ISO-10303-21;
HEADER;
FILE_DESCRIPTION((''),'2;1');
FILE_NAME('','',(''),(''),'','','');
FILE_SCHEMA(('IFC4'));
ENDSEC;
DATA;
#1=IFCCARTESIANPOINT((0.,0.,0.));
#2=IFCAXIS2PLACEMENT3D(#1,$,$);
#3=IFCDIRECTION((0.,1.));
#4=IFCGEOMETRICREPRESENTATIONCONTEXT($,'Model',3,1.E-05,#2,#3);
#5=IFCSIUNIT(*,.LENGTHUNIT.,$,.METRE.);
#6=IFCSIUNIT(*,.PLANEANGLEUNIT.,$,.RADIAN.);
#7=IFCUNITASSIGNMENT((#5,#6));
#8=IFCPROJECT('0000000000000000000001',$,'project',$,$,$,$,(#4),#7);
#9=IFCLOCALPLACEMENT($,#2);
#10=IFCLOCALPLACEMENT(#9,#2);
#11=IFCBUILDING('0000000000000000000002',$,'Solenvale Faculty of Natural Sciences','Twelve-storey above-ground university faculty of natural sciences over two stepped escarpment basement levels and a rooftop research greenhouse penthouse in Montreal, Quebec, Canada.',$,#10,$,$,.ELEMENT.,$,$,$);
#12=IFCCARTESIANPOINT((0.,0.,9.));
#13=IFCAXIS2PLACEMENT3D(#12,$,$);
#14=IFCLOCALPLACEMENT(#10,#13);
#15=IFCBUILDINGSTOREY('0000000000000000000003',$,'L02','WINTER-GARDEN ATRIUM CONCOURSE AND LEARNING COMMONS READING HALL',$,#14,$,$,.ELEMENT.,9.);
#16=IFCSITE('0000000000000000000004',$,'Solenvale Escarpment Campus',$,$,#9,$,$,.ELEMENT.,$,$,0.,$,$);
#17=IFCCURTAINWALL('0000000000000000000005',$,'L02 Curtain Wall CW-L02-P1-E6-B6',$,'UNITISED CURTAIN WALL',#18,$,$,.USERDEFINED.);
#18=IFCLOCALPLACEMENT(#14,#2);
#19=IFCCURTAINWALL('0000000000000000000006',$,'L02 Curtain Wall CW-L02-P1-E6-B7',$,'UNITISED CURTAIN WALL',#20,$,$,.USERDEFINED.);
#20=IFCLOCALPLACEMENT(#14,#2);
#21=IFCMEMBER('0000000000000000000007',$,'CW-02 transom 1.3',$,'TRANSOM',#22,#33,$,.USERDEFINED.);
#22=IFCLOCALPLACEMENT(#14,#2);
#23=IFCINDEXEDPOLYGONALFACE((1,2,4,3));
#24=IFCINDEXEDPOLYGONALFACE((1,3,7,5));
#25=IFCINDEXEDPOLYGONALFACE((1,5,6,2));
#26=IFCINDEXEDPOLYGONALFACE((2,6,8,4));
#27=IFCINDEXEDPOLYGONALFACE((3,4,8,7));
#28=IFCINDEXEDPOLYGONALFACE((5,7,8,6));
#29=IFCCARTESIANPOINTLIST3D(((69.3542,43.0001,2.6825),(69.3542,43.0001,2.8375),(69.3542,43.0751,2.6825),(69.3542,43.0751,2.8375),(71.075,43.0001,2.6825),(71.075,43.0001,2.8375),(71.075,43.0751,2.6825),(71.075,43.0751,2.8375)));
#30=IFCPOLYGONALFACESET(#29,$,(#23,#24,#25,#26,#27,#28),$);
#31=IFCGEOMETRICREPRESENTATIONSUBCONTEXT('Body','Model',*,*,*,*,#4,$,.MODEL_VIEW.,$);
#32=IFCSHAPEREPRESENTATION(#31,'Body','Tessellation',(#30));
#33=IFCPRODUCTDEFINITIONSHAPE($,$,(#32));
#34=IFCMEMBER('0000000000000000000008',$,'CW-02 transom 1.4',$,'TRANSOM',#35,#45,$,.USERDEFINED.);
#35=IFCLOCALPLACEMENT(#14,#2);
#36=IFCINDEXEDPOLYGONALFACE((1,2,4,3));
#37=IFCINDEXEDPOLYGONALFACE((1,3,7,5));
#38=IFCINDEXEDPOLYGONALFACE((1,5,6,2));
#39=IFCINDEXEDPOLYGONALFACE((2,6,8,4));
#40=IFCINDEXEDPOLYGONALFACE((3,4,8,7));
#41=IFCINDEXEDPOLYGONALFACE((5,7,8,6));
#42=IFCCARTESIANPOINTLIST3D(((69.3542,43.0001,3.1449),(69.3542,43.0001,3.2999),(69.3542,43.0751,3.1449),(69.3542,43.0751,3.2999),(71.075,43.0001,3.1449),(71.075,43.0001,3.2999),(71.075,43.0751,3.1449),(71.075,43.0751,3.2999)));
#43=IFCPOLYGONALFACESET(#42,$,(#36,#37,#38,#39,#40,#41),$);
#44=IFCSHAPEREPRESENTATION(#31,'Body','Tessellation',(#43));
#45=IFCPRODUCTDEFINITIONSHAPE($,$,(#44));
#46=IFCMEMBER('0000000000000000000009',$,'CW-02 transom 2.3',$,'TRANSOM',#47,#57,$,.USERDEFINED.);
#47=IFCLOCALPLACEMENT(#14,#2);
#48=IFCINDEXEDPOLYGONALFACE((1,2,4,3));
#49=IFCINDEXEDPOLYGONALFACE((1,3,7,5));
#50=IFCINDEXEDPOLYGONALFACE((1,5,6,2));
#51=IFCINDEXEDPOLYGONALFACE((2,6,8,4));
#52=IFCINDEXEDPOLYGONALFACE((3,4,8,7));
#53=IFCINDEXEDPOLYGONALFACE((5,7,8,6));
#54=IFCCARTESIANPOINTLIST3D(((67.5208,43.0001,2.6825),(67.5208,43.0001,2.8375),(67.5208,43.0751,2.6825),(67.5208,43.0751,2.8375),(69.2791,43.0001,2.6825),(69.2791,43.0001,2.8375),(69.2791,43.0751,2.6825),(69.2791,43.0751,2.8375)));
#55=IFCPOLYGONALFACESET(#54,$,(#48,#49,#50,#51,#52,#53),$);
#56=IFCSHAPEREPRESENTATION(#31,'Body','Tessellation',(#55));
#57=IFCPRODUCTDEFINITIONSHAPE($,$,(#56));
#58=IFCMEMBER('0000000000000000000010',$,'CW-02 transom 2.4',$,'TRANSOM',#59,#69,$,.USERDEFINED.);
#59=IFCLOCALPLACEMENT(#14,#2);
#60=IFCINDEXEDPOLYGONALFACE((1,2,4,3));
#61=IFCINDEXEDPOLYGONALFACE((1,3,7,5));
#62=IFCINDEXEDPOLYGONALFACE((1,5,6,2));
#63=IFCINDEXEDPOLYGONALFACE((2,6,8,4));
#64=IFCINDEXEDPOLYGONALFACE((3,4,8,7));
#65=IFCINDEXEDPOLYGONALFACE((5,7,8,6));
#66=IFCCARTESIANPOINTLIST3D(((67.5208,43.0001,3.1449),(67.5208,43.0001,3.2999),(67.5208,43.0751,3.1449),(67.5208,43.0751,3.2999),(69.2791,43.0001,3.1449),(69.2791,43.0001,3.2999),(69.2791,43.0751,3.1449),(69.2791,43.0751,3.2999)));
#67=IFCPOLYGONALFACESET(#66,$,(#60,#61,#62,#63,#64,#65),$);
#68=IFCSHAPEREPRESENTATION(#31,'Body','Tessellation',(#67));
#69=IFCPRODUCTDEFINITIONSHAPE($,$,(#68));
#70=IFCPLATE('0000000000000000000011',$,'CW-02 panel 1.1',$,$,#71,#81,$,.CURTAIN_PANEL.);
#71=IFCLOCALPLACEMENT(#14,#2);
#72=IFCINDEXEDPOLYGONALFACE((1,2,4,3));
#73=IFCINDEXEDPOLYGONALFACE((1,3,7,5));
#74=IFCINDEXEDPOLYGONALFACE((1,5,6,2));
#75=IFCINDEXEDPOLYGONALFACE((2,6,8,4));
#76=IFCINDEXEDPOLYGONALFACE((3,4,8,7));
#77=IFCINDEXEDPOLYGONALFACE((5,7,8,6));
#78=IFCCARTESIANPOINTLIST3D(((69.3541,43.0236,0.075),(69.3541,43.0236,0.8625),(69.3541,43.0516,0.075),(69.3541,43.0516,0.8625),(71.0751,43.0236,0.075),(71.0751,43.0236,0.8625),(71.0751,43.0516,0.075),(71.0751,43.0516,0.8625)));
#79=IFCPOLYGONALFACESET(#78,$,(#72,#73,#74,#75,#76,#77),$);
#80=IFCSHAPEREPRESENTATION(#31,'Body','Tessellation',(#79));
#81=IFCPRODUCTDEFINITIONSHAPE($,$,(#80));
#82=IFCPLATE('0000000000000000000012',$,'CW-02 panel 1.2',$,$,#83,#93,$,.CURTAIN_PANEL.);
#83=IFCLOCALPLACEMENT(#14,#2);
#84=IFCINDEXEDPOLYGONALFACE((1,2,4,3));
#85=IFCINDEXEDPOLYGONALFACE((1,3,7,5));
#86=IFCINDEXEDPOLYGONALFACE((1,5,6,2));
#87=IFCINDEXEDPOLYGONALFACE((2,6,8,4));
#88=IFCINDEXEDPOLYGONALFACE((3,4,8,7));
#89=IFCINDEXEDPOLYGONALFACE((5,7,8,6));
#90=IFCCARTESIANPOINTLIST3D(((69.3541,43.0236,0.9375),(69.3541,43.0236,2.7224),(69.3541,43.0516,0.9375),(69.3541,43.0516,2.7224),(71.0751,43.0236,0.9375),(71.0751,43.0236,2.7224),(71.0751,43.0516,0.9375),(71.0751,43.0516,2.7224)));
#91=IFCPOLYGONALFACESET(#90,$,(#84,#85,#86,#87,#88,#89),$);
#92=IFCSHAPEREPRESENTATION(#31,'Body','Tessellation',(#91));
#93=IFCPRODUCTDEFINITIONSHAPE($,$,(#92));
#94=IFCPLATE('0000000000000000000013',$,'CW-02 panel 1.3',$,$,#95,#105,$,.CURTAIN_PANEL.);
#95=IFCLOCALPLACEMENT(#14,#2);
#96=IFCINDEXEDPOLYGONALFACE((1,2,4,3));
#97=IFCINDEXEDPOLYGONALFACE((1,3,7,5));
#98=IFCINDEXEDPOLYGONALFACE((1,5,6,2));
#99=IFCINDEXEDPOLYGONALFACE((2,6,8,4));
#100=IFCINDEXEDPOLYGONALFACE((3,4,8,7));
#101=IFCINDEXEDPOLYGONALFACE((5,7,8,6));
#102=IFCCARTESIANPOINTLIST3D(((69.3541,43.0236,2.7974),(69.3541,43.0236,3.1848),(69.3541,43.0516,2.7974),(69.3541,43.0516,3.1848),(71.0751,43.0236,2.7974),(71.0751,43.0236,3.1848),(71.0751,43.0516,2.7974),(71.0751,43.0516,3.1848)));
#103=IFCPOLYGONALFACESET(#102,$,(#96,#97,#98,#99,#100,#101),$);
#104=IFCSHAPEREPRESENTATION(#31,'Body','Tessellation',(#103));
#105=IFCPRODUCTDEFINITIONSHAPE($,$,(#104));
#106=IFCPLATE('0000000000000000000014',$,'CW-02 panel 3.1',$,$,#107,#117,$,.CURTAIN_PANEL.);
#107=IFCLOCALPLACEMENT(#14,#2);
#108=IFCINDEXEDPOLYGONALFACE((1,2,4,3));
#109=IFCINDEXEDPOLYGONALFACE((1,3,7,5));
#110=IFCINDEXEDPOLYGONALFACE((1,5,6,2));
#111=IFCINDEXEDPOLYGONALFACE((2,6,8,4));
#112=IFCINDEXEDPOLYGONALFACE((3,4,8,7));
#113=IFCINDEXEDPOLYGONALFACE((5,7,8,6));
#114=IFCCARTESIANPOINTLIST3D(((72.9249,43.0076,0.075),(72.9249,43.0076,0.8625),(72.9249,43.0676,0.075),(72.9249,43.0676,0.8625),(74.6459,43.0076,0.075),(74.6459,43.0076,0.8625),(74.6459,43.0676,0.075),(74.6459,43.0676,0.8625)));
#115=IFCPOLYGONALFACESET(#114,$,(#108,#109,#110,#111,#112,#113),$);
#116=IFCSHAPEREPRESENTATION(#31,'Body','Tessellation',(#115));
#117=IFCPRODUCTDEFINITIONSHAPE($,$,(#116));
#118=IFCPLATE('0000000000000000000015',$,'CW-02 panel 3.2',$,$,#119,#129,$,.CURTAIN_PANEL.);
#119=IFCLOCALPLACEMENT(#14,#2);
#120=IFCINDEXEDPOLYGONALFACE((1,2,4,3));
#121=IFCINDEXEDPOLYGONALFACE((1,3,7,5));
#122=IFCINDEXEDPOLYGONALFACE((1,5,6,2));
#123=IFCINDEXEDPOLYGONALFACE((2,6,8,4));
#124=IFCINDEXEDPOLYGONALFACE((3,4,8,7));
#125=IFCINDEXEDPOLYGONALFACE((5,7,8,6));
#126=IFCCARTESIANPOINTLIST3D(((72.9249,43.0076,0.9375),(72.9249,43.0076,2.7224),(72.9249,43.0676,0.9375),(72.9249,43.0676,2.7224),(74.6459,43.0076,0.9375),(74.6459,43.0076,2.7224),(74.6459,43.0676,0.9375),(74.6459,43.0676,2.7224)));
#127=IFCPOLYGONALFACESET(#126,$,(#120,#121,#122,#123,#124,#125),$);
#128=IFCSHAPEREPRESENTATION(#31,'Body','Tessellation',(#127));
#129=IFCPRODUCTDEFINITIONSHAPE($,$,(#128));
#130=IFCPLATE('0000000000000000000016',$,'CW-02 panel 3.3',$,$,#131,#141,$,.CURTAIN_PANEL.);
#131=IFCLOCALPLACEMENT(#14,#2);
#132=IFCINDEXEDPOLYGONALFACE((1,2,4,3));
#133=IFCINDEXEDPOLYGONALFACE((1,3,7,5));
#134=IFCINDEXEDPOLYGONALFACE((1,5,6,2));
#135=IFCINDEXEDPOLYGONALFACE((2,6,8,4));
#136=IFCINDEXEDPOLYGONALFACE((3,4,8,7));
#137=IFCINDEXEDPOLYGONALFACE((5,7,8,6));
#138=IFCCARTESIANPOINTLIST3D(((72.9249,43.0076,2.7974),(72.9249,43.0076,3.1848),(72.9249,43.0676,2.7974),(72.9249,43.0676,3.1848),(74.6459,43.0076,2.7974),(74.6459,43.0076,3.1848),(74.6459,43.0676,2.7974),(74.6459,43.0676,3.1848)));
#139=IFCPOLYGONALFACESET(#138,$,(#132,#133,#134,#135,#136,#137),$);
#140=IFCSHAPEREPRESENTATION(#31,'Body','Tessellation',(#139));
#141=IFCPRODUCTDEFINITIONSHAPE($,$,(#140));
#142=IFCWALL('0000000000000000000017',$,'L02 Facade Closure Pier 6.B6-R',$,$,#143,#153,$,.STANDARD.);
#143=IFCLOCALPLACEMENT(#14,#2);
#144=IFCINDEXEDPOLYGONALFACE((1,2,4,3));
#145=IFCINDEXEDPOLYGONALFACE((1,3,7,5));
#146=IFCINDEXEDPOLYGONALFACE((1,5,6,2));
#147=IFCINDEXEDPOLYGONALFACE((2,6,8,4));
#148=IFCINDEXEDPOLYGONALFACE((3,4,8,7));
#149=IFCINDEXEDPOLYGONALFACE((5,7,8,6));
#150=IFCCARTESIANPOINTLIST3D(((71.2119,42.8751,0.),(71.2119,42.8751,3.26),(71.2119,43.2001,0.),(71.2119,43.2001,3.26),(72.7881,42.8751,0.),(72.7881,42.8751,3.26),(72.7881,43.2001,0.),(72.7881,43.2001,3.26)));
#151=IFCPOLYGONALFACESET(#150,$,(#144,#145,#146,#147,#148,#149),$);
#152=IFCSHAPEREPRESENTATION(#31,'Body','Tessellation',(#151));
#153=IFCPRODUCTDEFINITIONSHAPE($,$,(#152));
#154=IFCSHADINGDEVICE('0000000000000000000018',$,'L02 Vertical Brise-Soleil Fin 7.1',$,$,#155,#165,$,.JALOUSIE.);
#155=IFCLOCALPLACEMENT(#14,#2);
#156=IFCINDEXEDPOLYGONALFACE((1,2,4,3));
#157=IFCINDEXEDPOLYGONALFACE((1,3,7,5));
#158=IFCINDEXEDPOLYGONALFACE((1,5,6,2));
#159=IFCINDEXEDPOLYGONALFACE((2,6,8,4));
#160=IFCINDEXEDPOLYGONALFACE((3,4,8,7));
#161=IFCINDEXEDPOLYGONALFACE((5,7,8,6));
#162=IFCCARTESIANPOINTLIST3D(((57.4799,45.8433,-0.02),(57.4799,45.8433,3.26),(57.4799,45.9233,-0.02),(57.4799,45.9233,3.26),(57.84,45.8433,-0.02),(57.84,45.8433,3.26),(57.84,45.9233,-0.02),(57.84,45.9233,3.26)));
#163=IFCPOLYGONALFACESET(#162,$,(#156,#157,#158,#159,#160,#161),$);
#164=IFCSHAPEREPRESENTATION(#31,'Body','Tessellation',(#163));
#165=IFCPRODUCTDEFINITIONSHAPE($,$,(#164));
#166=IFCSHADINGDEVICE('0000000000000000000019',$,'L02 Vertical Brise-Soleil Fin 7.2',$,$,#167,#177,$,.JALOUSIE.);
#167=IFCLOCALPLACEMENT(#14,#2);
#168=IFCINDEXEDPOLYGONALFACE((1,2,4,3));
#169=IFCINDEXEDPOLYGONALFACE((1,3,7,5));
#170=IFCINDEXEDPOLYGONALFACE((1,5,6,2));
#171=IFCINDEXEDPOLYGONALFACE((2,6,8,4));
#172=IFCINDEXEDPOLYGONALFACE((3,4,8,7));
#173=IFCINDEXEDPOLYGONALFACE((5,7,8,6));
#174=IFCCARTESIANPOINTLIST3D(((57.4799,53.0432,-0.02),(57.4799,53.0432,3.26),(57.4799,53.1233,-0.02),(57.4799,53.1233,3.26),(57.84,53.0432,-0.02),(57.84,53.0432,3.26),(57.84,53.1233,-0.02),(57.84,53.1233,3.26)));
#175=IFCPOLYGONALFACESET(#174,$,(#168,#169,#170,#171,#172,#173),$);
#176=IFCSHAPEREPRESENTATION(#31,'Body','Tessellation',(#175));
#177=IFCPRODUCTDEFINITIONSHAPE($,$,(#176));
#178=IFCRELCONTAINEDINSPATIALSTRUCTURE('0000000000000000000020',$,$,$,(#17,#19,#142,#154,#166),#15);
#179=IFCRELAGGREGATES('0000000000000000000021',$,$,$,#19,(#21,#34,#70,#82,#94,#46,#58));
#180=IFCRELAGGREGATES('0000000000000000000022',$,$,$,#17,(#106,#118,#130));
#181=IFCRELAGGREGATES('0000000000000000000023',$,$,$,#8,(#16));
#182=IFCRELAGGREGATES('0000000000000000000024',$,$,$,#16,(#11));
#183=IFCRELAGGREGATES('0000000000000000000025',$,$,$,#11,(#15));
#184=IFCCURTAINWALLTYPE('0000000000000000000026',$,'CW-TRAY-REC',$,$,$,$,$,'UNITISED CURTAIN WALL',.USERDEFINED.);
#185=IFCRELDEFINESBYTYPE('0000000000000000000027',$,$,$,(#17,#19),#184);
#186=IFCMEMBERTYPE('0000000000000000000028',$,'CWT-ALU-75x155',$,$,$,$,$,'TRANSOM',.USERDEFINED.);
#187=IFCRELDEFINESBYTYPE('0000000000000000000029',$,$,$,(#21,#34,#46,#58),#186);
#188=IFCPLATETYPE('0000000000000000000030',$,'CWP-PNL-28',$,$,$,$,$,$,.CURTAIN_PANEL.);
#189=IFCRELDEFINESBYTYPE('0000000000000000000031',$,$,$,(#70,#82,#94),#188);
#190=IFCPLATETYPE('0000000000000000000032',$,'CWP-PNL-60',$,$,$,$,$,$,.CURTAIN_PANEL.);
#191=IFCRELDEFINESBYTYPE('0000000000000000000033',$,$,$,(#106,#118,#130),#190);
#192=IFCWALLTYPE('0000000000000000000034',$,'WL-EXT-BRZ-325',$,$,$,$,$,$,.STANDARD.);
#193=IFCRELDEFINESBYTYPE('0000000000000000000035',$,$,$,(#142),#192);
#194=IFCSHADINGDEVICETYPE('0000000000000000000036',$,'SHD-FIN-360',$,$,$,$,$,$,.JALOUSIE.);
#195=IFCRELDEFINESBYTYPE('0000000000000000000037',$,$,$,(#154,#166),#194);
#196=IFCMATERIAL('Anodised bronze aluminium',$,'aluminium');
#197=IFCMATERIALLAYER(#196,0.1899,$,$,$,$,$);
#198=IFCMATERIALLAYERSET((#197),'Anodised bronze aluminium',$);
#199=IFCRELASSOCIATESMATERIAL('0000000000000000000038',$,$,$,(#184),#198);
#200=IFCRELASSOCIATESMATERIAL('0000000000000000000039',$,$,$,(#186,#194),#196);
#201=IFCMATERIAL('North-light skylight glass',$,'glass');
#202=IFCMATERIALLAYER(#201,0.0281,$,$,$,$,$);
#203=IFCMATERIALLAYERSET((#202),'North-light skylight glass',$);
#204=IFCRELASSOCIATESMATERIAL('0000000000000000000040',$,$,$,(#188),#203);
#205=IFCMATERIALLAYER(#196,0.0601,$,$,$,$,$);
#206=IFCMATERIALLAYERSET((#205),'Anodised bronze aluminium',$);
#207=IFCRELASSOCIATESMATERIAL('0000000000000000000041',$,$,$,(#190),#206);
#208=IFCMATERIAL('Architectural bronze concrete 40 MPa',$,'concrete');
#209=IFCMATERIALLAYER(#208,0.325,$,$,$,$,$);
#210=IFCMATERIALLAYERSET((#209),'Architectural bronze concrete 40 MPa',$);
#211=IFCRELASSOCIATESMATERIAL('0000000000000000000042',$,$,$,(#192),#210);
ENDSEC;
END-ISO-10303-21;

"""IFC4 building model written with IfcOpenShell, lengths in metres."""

from ifc_helpers import new_model, si_unit, direction, frame, frame_2d, origin, origin_2d, place, context, subcontext, project, spatial, rectangle, extrude, material, layer, layer_set, material_profile, profile_set, type_object, element, aggregate, save


model = new_model("IFC4")

# Units and contexts
model_context = context("Model", 3, precision=1e-05, world=origin(), true_north=direction((0.0, 1.0)))
body_context = subcontext(model_context, "Body", "Model", "MODEL_VIEW")
ifc_project = project(units=[si_unit("LENGTHUNIT", "METRE"), si_unit("PLANEANGLEUNIT", "RADIAN")], contexts=[model_context])

# Site, building, storey
site_placement = place(None, origin())
site = spatial("IfcSite", under=ifc_project, at=site_placement, Name="Solenvale Escarpment Campus", CompositionType="ELEMENT", RefElevation=0.0)
building_placement = place(site_placement, origin())
building = spatial("IfcBuilding", under=site, at=building_placement, Name="Solenvale Faculty of Natural Sciences", Description="Twelve-storey above-ground university faculty of natural sciences over two stepped escarpment basement levels and a rooftop research greenhouse penthouse in Montreal, Quebec, Canada.", CompositionType="ELEMENT")
storey_placement = place(building_placement, frame((0.0, 0.0, 9.0)))
storey = spatial("IfcBuildingStorey", under=building, at=storey_placement, Name="L02", Description="WINTER-GARDEN ATRIUM CONCOURSE AND LEARNING COMMONS READING HALL", CompositionType="ELEMENT", Elevation=9.0)

# Curtain wall
ifc_material_1 = material(Name="Anodised bronze aluminium", Category="aluminium")
ifc_layer_1 = layer(ifc_material_1, 0.1899)
ifc_layer_set_1 = layer_set([ifc_layer_1], Name="Anodised bronze aluminium")
curtain_wall_type = type_object("IfcCurtainWallType", Name="CW-TRAY-REC", ElementType="UNITISED CURTAIN WALL", PredefinedType="USERDEFINED", material=ifc_layer_set_1)
curtain_wall_1_placement = place(storey_placement, origin())
curtain_wall_1 = element("IfcCurtainWall", 1, at=curtain_wall_1_placement, inside=storey, type_object=curtain_wall_type, Name="L02 Curtain Wall CW-L02-P1-E6-B6", ObjectType="UNITISED CURTAIN WALL", PredefinedType="USERDEFINED")

# Curtain wall, members, plates
curtain_wall_2_placement = place(storey_placement, origin())
curtain_wall_2 = element("IfcCurtainWall", 2, at=curtain_wall_2_placement, inside=storey, type_object=curtain_wall_type, Name="L02 Curtain Wall CW-L02-P1-E6-B7", ObjectType="UNITISED CURTAIN WALL", PredefinedType="USERDEFINED")
ifc_material_profile_1 = material_profile(ifc_material_1, rectangle(XDim=0.075, YDim=0.155, at=origin_2d()), Name="ALU-TRN-75x155")
ifc_profile_set_1 = profile_set([ifc_material_profile_1], Name="Anodised bronze aluminium")
member_type_1 = type_object("IfcMemberType", Name="CWT-ALU-75x155", ElementType="TRANSOM", PredefinedType="USERDEFINED", material=ifc_profile_set_1)
member_1_placement = place(storey_placement, frame((71.075, 43.0376, 2.76), z_axis=(-1.0, 0.0, 0.0), x_axis=(0.0, -1.0, 0.0)))
member_1 = element("IfcMember", 3, at=member_1_placement, type_object=member_type_1, Name="CW-02 transom 1.3", ObjectType="TRANSOM", PredefinedType="USERDEFINED", context=body_context, shape_type="SweptSolid", body=[
    extrude(rectangle(XDim=0.075, YDim=0.155, at=origin_2d()), origin(), (0.0, 0.0, 1.0), 1.7207),
])
member_2_placement = place(storey_placement, frame((71.075, 43.0376, 3.2224), z_axis=(-1.0, 0.0, 0.0), x_axis=(0.0, -1.0, 0.0)))
member_2 = element("IfcMember", 4, at=member_2_placement, type_object=member_type_1, Name="CW-02 transom 1.4", ObjectType="TRANSOM", PredefinedType="USERDEFINED", context=body_context, shape_type="SweptSolid", body=[
    extrude(rectangle(XDim=0.075, YDim=0.155, at=origin_2d()), origin(), (0.0, 0.0, 1.0), 1.7207),
])
member_3_placement = place(storey_placement, frame((69.2791, 43.0376, 2.76), z_axis=(-1.0, 0.0, 0.0), x_axis=(0.0, -1.0, 0.0)))
member_3 = element("IfcMember", 5, at=member_3_placement, type_object=member_type_1, Name="CW-02 transom 2.3", ObjectType="TRANSOM", PredefinedType="USERDEFINED", context=body_context, shape_type="SweptSolid", body=[
    extrude(rectangle(XDim=0.075, YDim=0.155, at=origin_2d()), origin(), (0.0, 0.0, 1.0), 1.7583),
])
member_4_placement = place(storey_placement, frame((69.2791, 43.0376, 3.2224), z_axis=(-1.0, 0.0, 0.0), x_axis=(0.0, -1.0, 0.0)))
member_4 = element("IfcMember", 6, at=member_4_placement, type_object=member_type_1, Name="CW-02 transom 2.4", ObjectType="TRANSOM", PredefinedType="USERDEFINED", context=body_context, shape_type="SweptSolid", body=[
    extrude(rectangle(XDim=0.075, YDim=0.155, at=origin_2d()), origin(), (0.0, 0.0, 1.0), 1.7583),
])
ifc_material_2 = material(Name="North-light skylight glass", Category="glass")
ifc_layer_2 = layer(ifc_material_2, 0.0281)
ifc_layer_set_2 = layer_set([ifc_layer_2], Name="North-light skylight glass")
plate_type_1 = type_object("IfcPlateType", Name="CWP-PNL-28", PredefinedType="CURTAIN_PANEL", material=ifc_layer_set_2)
plate_1_placement = place(storey_placement, frame((70.2146, 43.0376, 0.075), z_axis=(0.0, 0.0, 1.0), x_axis=(-1.0, 0.0, 0.0)))
plate_1 = element("IfcPlate", 7, at=plate_1_placement, type_object=plate_type_1, Name="CW-02 panel 1.1", PredefinedType="CURTAIN_PANEL", context=body_context, shape_type="SweptSolid", body=[
    extrude(rectangle(XDim=1.7209, YDim=0.0281, at=origin_2d()), origin(), (0.0, 0.0, 1.0), 0.7876),
])
plate_2_placement = place(storey_placement, frame((70.2146, 43.0376, 0.9375), z_axis=(0.0, 0.0, 1.0), x_axis=(-1.0, 0.0, 0.0)))
plate_2 = element("IfcPlate", 8, at=plate_2_placement, type_object=plate_type_1, Name="CW-02 panel 1.2", PredefinedType="CURTAIN_PANEL", context=body_context, shape_type="SweptSolid", body=[
    extrude(rectangle(XDim=1.7209, YDim=0.0281, at=origin_2d()), origin(), (0.0, 0.0, 1.0), 1.7849),
])
plate_3_placement = place(storey_placement, frame((70.2146, 43.0376, 2.7974), z_axis=(0.0, 0.0, 1.0), x_axis=(-1.0, 0.0, 0.0)))
plate_3 = element("IfcPlate", 9, at=plate_3_placement, type_object=plate_type_1, Name="CW-02 panel 1.3", PredefinedType="CURTAIN_PANEL", context=body_context, shape_type="SweptSolid", body=[
    extrude(rectangle(XDim=1.7209, YDim=0.0281, at=origin_2d()), origin(), (0.0, 0.0, 1.0), 0.3875),
])
aggregate(curtain_wall_2, [member_1, member_2, plate_1, plate_2, plate_3, member_3, member_4])

# Plates
ifc_layer_3 = layer(ifc_material_1, 0.0601)
ifc_layer_set_3 = layer_set([ifc_layer_3], Name="Anodised bronze aluminium")
plate_type_2 = type_object("IfcPlateType", Name="CWP-PNL-60", PredefinedType="CURTAIN_PANEL", material=ifc_layer_set_3)
plate_4_placement = place(storey_placement, frame((73.7854, 43.0376, 0.075), z_axis=(0.0, 0.0, 1.0), x_axis=(-1.0, 0.0, 0.0)))
plate_4 = element("IfcPlate", 10, at=plate_4_placement, type_object=plate_type_2, Name="CW-02 panel 3.1", PredefinedType="CURTAIN_PANEL", context=body_context, shape_type="SweptSolid", body=[
    extrude(rectangle(XDim=1.7209, YDim=0.0601, at=origin_2d()), origin(), (0.0, 0.0, 1.0), 0.7876),
])
plate_5_placement = place(storey_placement, frame((73.7854, 43.0376, 0.9375), z_axis=(0.0, 0.0, 1.0), x_axis=(-1.0, 0.0, 0.0)))
plate_5 = element("IfcPlate", 11, at=plate_5_placement, type_object=plate_type_2, Name="CW-02 panel 3.2", PredefinedType="CURTAIN_PANEL", context=body_context, shape_type="SweptSolid", body=[
    extrude(rectangle(XDim=1.7209, YDim=0.0601, at=origin_2d()), origin(), (0.0, 0.0, 1.0), 1.7849),
])
plate_6_placement = place(storey_placement, frame((73.7854, 43.0376, 2.7974), z_axis=(0.0, 0.0, 1.0), x_axis=(-1.0, 0.0, 0.0)))
plate_6 = element("IfcPlate", 12, at=plate_6_placement, type_object=plate_type_2, Name="CW-02 panel 3.3", PredefinedType="CURTAIN_PANEL", context=body_context, shape_type="SweptSolid", body=[
    extrude(rectangle(XDim=1.7209, YDim=0.0601, at=origin_2d()), origin(), (0.0, 0.0, 1.0), 0.3875),
])
aggregate(curtain_wall_1, [plate_4, plate_5, plate_6])

# Wall
ifc_material_3 = material(Name="Architectural bronze concrete 40 MPa", Category="concrete")
ifc_layer_4 = layer(ifc_material_3, 0.325)
ifc_layer_set_4 = layer_set([ifc_layer_4], Name="Architectural bronze concrete 40 MPa")
wall_type = type_object("IfcWallType", Name="WL-EXT-BRZ-325", PredefinedType="STANDARD", material=ifc_layer_set_4)
wall_placement = place(storey_placement, frame((72.7881, 43.0376, 0.0), z_axis=(0.0, 0.0, 1.0), x_axis=(-1.0, 0.0, 0.0)))
element("IfcWall", 13, at=wall_placement, inside=storey, type_object=wall_type, Name="L02 Facade Closure Pier 6.B6-R", PredefinedType="STANDARD", context=body_context, shape_type="SweptSolid", body=[
    extrude(rectangle(XDim=1.5762, YDim=0.325, at=frame_2d((0.7881, 0.0))), origin(), (0.0, 0.0, 1.0), 3.26),
])

# Shading devices
ifc_material_profile_2 = material_profile(ifc_material_1, rectangle(XDim=0.0801, YDim=0.3601, at=origin_2d()), Name="ALU-FIN-80x360")
ifc_profile_set_2 = profile_set([ifc_material_profile_2], Name="Anodised bronze aluminium")
shading_device_type = type_object("IfcShadingDeviceType", Name="SHD-FIN-360", PredefinedType="JALOUSIE", material=ifc_profile_set_2)
for number, where, z_axis, x_axis, name in (
    (14, (57.6599, 45.8833, -0.02), (0.0, 0.0, 1.0), (0.0, 1.0, 0.0), "L02 Vertical Brise-Soleil Fin 7.1"),
    (15, (57.6599, 53.0833, -0.02), (0.0, 0.0, 1.0), (0.0, 1.0, 0.0), "L02 Vertical Brise-Soleil Fin 7.2"),
):
    element("IfcShadingDevice", number, at=place(storey_placement, frame(where, z_axis=z_axis, x_axis=x_axis)), inside=storey, type_object=shading_device_type, Name=name, PredefinedType="JALOUSIE", context=body_context, shape_type="SweptSolid", body=[
        extrude(rectangle(XDim=0.0801, YDim=0.3601, at=origin_2d()), origin(), (0.0, 0.0, 1.0), 3.28),
    ])

save(model, "model.ifc")
